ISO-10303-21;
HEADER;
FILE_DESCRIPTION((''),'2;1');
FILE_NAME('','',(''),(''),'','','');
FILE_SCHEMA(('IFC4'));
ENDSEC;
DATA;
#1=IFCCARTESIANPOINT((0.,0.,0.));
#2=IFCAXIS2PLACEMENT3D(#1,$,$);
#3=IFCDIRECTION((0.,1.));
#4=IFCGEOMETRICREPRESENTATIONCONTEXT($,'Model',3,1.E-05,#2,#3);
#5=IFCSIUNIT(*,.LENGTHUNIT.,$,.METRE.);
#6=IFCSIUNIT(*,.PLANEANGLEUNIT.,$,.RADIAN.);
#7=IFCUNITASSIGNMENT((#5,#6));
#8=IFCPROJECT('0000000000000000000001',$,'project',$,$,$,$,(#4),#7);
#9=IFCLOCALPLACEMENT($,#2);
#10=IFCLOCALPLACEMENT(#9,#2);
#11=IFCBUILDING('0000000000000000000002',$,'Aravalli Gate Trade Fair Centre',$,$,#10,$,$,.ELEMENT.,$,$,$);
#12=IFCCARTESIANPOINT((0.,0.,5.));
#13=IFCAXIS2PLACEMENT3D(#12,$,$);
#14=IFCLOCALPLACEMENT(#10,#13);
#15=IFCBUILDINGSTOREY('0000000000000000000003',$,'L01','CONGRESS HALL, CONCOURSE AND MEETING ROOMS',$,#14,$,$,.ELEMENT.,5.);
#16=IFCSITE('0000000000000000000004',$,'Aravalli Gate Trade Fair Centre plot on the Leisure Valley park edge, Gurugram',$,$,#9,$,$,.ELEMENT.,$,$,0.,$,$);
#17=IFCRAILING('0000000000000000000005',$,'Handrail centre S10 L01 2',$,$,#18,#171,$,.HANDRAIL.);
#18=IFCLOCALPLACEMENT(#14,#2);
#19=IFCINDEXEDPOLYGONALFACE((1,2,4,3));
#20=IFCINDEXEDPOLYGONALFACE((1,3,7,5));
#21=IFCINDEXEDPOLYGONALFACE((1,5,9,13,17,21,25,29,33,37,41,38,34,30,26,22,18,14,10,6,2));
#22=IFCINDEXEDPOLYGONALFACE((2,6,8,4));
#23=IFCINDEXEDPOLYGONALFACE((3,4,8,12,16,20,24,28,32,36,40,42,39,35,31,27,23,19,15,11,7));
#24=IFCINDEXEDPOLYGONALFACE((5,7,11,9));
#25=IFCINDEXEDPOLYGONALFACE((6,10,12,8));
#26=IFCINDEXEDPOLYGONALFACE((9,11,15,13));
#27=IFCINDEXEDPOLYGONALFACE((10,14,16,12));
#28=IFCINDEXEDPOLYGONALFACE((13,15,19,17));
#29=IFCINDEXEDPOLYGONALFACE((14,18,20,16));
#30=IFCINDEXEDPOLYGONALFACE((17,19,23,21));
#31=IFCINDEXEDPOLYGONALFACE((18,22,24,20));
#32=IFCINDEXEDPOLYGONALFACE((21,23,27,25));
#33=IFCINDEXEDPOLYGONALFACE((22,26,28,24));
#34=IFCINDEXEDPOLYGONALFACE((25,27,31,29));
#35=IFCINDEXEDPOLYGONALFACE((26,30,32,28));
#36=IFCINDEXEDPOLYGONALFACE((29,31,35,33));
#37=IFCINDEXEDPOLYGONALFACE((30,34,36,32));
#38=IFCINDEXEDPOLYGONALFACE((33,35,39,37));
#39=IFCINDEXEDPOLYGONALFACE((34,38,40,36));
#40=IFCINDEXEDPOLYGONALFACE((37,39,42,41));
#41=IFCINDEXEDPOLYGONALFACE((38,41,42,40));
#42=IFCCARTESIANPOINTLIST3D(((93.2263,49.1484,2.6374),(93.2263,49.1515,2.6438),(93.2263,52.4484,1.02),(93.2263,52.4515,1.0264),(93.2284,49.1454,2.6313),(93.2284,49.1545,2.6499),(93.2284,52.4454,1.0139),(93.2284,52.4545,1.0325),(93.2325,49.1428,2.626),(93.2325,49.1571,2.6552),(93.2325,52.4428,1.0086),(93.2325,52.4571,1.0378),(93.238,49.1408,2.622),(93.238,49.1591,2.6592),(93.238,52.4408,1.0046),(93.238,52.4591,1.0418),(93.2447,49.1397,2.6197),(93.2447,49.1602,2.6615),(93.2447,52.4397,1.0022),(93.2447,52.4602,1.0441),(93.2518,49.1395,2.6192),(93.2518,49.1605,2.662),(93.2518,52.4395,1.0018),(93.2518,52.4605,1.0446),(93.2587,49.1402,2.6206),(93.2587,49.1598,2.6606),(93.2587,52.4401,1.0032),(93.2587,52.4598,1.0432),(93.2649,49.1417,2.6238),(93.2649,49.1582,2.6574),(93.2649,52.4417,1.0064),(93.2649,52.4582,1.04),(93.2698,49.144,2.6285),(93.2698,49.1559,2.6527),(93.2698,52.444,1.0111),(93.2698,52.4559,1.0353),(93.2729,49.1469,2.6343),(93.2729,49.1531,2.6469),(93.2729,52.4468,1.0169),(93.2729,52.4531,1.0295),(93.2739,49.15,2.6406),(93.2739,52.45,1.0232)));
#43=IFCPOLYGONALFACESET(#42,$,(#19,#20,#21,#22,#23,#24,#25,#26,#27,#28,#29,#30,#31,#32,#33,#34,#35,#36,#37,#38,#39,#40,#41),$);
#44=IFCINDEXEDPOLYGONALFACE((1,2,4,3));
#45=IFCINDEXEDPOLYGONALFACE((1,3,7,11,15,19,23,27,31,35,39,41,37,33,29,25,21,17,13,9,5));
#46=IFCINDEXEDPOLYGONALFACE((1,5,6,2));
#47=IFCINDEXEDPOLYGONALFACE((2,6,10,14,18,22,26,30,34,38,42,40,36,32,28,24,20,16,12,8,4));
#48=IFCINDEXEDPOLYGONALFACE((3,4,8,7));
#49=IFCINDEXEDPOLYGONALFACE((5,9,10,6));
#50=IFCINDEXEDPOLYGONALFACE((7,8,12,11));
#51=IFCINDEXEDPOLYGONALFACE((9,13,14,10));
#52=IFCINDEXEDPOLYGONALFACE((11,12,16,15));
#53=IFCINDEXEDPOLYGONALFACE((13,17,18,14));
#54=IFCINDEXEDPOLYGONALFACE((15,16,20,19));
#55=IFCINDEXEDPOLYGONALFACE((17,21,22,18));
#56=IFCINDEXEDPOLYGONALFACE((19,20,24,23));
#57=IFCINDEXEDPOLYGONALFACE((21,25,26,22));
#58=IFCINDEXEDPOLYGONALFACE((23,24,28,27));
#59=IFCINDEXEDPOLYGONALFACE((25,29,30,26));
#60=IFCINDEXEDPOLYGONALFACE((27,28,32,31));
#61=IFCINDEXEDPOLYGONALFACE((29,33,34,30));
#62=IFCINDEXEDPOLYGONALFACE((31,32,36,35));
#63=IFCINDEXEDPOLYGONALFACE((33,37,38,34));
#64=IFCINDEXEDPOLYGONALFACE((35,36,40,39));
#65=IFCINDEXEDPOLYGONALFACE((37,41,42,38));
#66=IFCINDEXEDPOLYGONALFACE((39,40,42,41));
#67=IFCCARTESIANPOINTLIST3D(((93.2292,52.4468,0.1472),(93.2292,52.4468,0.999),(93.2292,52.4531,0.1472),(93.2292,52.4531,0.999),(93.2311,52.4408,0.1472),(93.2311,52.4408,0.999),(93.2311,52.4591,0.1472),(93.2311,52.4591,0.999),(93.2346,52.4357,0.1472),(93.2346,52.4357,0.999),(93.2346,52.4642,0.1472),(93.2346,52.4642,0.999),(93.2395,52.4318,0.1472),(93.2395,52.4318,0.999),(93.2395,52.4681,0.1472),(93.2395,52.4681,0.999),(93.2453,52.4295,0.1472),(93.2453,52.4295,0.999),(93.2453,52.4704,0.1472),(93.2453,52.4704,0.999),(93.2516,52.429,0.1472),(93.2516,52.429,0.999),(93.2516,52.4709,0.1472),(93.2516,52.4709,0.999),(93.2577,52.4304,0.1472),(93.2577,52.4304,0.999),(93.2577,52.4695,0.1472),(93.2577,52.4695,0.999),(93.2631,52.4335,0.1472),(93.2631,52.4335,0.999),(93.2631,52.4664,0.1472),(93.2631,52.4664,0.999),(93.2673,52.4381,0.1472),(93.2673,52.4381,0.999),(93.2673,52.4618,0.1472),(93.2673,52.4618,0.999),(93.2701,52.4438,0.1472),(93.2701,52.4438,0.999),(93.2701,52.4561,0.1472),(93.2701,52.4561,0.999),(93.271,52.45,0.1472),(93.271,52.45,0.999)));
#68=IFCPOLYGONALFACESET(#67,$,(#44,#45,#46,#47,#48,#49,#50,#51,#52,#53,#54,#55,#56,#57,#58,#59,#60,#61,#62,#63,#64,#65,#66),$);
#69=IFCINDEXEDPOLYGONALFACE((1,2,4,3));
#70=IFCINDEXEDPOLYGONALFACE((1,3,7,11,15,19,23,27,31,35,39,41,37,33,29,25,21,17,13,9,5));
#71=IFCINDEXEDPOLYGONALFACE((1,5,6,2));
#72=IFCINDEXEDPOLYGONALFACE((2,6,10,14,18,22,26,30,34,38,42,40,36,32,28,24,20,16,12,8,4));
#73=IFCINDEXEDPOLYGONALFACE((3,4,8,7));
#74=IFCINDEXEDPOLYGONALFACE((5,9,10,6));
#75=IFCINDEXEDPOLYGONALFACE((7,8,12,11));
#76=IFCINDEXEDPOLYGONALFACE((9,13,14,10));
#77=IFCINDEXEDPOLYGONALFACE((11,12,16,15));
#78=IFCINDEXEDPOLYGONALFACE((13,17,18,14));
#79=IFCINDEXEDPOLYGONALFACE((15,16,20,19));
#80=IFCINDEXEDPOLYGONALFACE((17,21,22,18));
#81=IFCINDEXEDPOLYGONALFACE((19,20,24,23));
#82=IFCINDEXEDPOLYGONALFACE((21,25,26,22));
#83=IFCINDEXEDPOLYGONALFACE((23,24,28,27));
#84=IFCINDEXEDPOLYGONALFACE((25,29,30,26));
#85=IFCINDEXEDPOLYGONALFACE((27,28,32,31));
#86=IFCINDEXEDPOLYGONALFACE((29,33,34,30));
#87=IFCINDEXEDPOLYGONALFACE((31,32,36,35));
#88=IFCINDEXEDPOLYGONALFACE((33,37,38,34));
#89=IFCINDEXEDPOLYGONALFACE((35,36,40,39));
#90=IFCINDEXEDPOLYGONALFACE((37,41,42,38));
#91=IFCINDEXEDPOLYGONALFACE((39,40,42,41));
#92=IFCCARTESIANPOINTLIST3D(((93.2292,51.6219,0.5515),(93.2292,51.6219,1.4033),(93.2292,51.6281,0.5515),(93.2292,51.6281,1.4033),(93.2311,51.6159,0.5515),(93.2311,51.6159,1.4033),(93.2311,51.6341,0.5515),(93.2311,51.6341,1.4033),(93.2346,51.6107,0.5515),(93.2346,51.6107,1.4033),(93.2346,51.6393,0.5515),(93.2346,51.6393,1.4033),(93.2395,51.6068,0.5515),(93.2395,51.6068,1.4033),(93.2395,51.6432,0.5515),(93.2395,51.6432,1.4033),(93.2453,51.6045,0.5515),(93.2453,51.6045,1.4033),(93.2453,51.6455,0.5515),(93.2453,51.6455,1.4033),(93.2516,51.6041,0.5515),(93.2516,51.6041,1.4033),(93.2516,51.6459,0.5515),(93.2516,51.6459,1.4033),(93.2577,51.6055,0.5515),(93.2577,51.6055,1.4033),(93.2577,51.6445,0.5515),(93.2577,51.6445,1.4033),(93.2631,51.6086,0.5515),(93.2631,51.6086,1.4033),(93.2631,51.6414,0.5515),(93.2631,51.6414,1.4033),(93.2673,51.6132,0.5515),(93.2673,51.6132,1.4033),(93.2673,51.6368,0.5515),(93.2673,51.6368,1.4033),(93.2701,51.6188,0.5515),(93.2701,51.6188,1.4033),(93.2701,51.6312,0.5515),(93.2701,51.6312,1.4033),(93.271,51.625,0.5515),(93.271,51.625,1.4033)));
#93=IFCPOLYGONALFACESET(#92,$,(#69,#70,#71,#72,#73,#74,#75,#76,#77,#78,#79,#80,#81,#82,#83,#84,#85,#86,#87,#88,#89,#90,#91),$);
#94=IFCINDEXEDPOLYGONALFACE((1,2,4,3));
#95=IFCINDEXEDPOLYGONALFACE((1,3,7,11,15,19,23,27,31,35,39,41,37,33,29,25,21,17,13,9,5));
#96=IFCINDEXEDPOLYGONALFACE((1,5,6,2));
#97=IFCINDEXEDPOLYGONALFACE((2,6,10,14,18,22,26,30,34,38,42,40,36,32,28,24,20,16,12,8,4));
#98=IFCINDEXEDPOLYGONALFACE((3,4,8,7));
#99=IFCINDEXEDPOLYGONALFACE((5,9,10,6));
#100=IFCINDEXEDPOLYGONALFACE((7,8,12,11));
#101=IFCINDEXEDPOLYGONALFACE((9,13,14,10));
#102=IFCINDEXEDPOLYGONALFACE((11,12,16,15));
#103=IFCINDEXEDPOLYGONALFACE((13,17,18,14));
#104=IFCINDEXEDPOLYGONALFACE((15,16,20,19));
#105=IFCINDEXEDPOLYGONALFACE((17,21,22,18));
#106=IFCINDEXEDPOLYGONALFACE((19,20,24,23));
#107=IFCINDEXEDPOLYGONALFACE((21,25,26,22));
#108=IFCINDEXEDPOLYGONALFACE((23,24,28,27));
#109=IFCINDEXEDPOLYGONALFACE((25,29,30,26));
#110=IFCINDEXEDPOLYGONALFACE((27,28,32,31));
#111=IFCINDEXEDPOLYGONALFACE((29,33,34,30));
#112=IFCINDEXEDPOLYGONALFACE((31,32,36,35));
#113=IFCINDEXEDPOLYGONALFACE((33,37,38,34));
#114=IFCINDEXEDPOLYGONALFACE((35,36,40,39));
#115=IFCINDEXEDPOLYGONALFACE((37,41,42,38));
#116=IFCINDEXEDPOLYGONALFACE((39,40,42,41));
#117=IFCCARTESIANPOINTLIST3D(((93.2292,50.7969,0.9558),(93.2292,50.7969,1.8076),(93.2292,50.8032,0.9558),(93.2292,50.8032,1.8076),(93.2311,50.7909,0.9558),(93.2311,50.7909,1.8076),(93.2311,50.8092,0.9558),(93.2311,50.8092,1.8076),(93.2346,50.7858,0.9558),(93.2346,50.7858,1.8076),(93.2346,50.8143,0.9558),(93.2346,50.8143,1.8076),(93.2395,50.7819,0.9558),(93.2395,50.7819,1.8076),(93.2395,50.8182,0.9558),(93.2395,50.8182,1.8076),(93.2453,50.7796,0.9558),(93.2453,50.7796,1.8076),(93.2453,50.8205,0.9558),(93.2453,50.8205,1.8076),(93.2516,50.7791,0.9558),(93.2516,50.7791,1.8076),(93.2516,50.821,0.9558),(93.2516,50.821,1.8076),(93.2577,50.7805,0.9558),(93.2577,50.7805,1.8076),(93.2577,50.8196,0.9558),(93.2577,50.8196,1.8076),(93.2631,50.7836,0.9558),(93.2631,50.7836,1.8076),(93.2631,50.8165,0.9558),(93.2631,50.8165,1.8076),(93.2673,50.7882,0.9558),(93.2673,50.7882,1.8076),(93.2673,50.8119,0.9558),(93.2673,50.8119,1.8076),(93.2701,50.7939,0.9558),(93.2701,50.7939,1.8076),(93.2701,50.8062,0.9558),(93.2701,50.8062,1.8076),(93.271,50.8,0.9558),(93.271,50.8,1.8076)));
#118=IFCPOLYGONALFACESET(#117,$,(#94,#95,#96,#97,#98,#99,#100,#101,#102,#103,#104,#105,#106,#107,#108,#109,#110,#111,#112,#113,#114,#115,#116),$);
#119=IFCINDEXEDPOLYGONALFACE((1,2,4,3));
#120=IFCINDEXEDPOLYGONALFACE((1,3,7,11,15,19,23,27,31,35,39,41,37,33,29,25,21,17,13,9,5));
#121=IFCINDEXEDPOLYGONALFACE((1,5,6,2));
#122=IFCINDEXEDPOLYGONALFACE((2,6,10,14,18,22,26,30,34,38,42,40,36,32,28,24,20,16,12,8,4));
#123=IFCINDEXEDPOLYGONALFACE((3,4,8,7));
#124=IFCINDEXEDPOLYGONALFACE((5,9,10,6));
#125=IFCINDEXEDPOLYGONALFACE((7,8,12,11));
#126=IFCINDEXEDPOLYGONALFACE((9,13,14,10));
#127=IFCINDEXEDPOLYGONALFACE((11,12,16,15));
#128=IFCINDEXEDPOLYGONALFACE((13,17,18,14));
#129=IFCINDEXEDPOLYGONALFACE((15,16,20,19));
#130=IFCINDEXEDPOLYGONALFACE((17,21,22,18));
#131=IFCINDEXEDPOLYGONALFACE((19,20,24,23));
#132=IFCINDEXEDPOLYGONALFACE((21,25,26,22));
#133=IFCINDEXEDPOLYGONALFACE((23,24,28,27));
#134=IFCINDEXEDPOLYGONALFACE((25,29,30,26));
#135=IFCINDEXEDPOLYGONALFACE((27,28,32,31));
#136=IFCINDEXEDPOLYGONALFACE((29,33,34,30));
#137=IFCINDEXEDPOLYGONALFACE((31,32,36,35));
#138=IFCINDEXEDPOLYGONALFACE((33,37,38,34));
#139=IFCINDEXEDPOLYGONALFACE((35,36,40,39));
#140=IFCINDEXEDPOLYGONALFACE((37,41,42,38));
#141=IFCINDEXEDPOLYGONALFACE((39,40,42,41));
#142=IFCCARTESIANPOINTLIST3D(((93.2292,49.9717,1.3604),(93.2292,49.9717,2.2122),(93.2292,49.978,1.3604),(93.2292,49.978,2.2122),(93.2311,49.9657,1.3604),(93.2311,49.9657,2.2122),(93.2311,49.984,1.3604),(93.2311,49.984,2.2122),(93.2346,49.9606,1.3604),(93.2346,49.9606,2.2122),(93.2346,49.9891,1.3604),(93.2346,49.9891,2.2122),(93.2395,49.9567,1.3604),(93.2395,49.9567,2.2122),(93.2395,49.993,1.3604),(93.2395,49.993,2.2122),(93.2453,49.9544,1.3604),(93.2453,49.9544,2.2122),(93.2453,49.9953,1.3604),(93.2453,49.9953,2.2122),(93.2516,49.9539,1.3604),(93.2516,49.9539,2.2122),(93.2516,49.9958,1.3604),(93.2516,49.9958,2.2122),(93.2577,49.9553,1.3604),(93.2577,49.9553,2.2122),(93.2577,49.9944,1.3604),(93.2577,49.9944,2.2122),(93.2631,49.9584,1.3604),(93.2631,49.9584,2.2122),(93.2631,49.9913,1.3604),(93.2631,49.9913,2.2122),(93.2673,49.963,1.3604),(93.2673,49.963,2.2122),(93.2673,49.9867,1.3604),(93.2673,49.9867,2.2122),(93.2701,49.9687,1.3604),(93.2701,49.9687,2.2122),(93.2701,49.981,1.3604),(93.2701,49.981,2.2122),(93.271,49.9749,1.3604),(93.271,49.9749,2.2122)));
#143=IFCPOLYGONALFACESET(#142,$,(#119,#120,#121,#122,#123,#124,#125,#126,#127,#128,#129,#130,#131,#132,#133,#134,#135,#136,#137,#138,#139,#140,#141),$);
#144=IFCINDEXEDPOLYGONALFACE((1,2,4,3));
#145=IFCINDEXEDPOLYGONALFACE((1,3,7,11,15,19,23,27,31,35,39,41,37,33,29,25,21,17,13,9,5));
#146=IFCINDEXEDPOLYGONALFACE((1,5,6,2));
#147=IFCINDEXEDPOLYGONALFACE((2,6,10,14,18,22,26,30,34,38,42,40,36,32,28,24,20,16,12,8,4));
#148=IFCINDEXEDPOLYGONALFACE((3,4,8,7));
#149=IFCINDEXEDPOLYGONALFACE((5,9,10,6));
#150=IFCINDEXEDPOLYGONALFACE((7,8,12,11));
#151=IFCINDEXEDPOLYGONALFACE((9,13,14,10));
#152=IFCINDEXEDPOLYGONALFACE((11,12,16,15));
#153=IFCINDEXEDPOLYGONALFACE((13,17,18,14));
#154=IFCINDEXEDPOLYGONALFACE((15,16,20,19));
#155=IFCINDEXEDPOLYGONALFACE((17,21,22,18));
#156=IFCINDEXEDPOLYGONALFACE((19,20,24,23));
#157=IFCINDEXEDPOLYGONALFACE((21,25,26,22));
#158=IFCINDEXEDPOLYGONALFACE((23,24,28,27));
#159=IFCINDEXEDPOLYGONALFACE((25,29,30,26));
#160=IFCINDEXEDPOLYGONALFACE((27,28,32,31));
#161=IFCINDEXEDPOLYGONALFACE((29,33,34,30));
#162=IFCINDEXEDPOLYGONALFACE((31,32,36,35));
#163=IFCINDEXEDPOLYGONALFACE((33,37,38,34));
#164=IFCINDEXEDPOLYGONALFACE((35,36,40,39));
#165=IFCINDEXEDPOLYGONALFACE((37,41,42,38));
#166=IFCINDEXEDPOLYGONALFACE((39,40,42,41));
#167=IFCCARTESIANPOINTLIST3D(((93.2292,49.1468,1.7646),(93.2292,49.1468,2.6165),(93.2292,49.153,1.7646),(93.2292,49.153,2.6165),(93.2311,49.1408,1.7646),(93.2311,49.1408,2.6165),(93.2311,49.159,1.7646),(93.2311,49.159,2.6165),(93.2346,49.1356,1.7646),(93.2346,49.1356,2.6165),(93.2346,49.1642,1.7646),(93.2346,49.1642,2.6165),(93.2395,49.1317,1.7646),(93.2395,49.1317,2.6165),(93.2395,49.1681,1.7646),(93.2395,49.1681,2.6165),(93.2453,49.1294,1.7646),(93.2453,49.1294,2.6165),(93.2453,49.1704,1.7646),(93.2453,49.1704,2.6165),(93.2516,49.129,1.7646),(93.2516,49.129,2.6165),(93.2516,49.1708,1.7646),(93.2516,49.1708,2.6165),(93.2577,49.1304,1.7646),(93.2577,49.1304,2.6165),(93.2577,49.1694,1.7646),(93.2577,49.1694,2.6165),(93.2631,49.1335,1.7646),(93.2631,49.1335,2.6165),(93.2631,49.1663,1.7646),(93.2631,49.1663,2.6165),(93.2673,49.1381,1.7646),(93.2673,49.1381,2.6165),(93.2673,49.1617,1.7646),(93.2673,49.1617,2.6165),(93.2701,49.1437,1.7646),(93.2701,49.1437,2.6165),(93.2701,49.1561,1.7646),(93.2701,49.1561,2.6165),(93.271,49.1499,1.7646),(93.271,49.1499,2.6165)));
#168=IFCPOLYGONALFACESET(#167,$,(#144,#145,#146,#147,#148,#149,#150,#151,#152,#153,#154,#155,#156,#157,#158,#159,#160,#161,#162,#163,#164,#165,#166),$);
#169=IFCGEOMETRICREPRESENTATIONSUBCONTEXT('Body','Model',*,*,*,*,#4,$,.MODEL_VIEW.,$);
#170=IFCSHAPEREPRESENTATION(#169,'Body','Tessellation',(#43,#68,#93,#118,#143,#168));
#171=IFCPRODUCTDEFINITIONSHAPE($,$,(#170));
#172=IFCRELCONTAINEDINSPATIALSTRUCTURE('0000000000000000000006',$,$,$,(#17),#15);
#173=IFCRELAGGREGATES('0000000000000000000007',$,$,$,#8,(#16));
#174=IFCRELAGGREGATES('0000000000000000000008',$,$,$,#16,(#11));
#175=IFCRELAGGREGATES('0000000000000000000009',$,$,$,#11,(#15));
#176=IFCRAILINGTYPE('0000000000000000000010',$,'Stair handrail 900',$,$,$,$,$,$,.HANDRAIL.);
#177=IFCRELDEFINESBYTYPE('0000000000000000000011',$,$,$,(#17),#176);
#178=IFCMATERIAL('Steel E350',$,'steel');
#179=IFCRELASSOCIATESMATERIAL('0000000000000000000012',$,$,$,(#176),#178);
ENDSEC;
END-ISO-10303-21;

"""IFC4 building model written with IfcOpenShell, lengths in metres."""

from ifc_helpers import new_model, si_unit, direction, frame, origin, origin_2d, place, context, subcontext, project, spatial, circle, extrude, material, type_object, element, save


model = new_model("IFC4")

# Units and contexts
model_context = context("Model", 3, precision=1e-05, world=origin(), true_north=direction((0.0, 1.0)))
body_context = subcontext(model_context, "Body", "Model", "MODEL_VIEW")
ifc_project = project(units=[si_unit("LENGTHUNIT", "METRE"), si_unit("PLANEANGLEUNIT", "RADIAN")], contexts=[model_context])

# Site, building, storey
site_placement = place(None, origin())
site = spatial("IfcSite", under=ifc_project, at=site_placement, Name="Aravalli Gate Trade Fair Centre plot on the Leisure Valley park edge, Gurugram", CompositionType="ELEMENT", RefElevation=0.0)
building_placement = place(site_placement, origin())
building = spatial("IfcBuilding", under=site, at=building_placement, Name="Aravalli Gate Trade Fair Centre", CompositionType="ELEMENT")
storey_placement = place(building_placement, frame((0.0, 0.0, 5.0)))
storey = spatial("IfcBuildingStorey", under=building, at=storey_placement, Name="L01", Description="CONGRESS HALL, CONCOURSE AND MEETING ROOMS", CompositionType="ELEMENT", Elevation=5.0)

# Railing
ifc_material_1 = material(Name="Steel E350", Category="steel")
railing_type = type_object("IfcRailingType", Name="Stair handrail 900", PredefinedType="HANDRAIL", material=ifc_material_1)
for number, where, name in (
    (1, (93.25, 52.45, 0.1472), "Handrail centre S10 L01 2"),
):
    element("IfcRailing", number, at=place(storey_placement, frame(where)), inside=storey, type_object=railing_type, Name=name, PredefinedType="HANDRAIL", context=body_context, shape_type="SweptSolid", body=[
        extrude(circle(Radius=0.0239, at=origin_2d()), frame((0.0, 0.0, 0.876), z_axis=(0.0, -0.897946, 0.440105), x_axis=(1.0, 0.0, 0.0)), (0.0, 0.0, 1.0), 3.675),
        extrude(circle(Radius=0.021, at=origin_2d()), origin(), (0.0, 0.0, 1.0), 0.8518),
        extrude(circle(Radius=0.021, at=origin_2d()), frame((0.0, -0.825, 0.4043)), (0.0, 0.0, 1.0), 0.8518),
        extrude(circle(Radius=0.021, at=origin_2d()), frame((0.0, -1.6499, 0.8086)), (0.0, 0.0, 1.0), 0.8518),
        extrude(circle(Radius=0.021, at=origin_2d()), frame((0.0, -2.4751, 1.2131)), (0.0, 0.0, 1.0), 0.8518),
        extrude(circle(Radius=0.021, at=origin_2d()), frame((0.0, -3.3, 1.6174)), (0.0, 0.0, 1.0), 0.8518),
    ])

save(model, "model.ifc")
